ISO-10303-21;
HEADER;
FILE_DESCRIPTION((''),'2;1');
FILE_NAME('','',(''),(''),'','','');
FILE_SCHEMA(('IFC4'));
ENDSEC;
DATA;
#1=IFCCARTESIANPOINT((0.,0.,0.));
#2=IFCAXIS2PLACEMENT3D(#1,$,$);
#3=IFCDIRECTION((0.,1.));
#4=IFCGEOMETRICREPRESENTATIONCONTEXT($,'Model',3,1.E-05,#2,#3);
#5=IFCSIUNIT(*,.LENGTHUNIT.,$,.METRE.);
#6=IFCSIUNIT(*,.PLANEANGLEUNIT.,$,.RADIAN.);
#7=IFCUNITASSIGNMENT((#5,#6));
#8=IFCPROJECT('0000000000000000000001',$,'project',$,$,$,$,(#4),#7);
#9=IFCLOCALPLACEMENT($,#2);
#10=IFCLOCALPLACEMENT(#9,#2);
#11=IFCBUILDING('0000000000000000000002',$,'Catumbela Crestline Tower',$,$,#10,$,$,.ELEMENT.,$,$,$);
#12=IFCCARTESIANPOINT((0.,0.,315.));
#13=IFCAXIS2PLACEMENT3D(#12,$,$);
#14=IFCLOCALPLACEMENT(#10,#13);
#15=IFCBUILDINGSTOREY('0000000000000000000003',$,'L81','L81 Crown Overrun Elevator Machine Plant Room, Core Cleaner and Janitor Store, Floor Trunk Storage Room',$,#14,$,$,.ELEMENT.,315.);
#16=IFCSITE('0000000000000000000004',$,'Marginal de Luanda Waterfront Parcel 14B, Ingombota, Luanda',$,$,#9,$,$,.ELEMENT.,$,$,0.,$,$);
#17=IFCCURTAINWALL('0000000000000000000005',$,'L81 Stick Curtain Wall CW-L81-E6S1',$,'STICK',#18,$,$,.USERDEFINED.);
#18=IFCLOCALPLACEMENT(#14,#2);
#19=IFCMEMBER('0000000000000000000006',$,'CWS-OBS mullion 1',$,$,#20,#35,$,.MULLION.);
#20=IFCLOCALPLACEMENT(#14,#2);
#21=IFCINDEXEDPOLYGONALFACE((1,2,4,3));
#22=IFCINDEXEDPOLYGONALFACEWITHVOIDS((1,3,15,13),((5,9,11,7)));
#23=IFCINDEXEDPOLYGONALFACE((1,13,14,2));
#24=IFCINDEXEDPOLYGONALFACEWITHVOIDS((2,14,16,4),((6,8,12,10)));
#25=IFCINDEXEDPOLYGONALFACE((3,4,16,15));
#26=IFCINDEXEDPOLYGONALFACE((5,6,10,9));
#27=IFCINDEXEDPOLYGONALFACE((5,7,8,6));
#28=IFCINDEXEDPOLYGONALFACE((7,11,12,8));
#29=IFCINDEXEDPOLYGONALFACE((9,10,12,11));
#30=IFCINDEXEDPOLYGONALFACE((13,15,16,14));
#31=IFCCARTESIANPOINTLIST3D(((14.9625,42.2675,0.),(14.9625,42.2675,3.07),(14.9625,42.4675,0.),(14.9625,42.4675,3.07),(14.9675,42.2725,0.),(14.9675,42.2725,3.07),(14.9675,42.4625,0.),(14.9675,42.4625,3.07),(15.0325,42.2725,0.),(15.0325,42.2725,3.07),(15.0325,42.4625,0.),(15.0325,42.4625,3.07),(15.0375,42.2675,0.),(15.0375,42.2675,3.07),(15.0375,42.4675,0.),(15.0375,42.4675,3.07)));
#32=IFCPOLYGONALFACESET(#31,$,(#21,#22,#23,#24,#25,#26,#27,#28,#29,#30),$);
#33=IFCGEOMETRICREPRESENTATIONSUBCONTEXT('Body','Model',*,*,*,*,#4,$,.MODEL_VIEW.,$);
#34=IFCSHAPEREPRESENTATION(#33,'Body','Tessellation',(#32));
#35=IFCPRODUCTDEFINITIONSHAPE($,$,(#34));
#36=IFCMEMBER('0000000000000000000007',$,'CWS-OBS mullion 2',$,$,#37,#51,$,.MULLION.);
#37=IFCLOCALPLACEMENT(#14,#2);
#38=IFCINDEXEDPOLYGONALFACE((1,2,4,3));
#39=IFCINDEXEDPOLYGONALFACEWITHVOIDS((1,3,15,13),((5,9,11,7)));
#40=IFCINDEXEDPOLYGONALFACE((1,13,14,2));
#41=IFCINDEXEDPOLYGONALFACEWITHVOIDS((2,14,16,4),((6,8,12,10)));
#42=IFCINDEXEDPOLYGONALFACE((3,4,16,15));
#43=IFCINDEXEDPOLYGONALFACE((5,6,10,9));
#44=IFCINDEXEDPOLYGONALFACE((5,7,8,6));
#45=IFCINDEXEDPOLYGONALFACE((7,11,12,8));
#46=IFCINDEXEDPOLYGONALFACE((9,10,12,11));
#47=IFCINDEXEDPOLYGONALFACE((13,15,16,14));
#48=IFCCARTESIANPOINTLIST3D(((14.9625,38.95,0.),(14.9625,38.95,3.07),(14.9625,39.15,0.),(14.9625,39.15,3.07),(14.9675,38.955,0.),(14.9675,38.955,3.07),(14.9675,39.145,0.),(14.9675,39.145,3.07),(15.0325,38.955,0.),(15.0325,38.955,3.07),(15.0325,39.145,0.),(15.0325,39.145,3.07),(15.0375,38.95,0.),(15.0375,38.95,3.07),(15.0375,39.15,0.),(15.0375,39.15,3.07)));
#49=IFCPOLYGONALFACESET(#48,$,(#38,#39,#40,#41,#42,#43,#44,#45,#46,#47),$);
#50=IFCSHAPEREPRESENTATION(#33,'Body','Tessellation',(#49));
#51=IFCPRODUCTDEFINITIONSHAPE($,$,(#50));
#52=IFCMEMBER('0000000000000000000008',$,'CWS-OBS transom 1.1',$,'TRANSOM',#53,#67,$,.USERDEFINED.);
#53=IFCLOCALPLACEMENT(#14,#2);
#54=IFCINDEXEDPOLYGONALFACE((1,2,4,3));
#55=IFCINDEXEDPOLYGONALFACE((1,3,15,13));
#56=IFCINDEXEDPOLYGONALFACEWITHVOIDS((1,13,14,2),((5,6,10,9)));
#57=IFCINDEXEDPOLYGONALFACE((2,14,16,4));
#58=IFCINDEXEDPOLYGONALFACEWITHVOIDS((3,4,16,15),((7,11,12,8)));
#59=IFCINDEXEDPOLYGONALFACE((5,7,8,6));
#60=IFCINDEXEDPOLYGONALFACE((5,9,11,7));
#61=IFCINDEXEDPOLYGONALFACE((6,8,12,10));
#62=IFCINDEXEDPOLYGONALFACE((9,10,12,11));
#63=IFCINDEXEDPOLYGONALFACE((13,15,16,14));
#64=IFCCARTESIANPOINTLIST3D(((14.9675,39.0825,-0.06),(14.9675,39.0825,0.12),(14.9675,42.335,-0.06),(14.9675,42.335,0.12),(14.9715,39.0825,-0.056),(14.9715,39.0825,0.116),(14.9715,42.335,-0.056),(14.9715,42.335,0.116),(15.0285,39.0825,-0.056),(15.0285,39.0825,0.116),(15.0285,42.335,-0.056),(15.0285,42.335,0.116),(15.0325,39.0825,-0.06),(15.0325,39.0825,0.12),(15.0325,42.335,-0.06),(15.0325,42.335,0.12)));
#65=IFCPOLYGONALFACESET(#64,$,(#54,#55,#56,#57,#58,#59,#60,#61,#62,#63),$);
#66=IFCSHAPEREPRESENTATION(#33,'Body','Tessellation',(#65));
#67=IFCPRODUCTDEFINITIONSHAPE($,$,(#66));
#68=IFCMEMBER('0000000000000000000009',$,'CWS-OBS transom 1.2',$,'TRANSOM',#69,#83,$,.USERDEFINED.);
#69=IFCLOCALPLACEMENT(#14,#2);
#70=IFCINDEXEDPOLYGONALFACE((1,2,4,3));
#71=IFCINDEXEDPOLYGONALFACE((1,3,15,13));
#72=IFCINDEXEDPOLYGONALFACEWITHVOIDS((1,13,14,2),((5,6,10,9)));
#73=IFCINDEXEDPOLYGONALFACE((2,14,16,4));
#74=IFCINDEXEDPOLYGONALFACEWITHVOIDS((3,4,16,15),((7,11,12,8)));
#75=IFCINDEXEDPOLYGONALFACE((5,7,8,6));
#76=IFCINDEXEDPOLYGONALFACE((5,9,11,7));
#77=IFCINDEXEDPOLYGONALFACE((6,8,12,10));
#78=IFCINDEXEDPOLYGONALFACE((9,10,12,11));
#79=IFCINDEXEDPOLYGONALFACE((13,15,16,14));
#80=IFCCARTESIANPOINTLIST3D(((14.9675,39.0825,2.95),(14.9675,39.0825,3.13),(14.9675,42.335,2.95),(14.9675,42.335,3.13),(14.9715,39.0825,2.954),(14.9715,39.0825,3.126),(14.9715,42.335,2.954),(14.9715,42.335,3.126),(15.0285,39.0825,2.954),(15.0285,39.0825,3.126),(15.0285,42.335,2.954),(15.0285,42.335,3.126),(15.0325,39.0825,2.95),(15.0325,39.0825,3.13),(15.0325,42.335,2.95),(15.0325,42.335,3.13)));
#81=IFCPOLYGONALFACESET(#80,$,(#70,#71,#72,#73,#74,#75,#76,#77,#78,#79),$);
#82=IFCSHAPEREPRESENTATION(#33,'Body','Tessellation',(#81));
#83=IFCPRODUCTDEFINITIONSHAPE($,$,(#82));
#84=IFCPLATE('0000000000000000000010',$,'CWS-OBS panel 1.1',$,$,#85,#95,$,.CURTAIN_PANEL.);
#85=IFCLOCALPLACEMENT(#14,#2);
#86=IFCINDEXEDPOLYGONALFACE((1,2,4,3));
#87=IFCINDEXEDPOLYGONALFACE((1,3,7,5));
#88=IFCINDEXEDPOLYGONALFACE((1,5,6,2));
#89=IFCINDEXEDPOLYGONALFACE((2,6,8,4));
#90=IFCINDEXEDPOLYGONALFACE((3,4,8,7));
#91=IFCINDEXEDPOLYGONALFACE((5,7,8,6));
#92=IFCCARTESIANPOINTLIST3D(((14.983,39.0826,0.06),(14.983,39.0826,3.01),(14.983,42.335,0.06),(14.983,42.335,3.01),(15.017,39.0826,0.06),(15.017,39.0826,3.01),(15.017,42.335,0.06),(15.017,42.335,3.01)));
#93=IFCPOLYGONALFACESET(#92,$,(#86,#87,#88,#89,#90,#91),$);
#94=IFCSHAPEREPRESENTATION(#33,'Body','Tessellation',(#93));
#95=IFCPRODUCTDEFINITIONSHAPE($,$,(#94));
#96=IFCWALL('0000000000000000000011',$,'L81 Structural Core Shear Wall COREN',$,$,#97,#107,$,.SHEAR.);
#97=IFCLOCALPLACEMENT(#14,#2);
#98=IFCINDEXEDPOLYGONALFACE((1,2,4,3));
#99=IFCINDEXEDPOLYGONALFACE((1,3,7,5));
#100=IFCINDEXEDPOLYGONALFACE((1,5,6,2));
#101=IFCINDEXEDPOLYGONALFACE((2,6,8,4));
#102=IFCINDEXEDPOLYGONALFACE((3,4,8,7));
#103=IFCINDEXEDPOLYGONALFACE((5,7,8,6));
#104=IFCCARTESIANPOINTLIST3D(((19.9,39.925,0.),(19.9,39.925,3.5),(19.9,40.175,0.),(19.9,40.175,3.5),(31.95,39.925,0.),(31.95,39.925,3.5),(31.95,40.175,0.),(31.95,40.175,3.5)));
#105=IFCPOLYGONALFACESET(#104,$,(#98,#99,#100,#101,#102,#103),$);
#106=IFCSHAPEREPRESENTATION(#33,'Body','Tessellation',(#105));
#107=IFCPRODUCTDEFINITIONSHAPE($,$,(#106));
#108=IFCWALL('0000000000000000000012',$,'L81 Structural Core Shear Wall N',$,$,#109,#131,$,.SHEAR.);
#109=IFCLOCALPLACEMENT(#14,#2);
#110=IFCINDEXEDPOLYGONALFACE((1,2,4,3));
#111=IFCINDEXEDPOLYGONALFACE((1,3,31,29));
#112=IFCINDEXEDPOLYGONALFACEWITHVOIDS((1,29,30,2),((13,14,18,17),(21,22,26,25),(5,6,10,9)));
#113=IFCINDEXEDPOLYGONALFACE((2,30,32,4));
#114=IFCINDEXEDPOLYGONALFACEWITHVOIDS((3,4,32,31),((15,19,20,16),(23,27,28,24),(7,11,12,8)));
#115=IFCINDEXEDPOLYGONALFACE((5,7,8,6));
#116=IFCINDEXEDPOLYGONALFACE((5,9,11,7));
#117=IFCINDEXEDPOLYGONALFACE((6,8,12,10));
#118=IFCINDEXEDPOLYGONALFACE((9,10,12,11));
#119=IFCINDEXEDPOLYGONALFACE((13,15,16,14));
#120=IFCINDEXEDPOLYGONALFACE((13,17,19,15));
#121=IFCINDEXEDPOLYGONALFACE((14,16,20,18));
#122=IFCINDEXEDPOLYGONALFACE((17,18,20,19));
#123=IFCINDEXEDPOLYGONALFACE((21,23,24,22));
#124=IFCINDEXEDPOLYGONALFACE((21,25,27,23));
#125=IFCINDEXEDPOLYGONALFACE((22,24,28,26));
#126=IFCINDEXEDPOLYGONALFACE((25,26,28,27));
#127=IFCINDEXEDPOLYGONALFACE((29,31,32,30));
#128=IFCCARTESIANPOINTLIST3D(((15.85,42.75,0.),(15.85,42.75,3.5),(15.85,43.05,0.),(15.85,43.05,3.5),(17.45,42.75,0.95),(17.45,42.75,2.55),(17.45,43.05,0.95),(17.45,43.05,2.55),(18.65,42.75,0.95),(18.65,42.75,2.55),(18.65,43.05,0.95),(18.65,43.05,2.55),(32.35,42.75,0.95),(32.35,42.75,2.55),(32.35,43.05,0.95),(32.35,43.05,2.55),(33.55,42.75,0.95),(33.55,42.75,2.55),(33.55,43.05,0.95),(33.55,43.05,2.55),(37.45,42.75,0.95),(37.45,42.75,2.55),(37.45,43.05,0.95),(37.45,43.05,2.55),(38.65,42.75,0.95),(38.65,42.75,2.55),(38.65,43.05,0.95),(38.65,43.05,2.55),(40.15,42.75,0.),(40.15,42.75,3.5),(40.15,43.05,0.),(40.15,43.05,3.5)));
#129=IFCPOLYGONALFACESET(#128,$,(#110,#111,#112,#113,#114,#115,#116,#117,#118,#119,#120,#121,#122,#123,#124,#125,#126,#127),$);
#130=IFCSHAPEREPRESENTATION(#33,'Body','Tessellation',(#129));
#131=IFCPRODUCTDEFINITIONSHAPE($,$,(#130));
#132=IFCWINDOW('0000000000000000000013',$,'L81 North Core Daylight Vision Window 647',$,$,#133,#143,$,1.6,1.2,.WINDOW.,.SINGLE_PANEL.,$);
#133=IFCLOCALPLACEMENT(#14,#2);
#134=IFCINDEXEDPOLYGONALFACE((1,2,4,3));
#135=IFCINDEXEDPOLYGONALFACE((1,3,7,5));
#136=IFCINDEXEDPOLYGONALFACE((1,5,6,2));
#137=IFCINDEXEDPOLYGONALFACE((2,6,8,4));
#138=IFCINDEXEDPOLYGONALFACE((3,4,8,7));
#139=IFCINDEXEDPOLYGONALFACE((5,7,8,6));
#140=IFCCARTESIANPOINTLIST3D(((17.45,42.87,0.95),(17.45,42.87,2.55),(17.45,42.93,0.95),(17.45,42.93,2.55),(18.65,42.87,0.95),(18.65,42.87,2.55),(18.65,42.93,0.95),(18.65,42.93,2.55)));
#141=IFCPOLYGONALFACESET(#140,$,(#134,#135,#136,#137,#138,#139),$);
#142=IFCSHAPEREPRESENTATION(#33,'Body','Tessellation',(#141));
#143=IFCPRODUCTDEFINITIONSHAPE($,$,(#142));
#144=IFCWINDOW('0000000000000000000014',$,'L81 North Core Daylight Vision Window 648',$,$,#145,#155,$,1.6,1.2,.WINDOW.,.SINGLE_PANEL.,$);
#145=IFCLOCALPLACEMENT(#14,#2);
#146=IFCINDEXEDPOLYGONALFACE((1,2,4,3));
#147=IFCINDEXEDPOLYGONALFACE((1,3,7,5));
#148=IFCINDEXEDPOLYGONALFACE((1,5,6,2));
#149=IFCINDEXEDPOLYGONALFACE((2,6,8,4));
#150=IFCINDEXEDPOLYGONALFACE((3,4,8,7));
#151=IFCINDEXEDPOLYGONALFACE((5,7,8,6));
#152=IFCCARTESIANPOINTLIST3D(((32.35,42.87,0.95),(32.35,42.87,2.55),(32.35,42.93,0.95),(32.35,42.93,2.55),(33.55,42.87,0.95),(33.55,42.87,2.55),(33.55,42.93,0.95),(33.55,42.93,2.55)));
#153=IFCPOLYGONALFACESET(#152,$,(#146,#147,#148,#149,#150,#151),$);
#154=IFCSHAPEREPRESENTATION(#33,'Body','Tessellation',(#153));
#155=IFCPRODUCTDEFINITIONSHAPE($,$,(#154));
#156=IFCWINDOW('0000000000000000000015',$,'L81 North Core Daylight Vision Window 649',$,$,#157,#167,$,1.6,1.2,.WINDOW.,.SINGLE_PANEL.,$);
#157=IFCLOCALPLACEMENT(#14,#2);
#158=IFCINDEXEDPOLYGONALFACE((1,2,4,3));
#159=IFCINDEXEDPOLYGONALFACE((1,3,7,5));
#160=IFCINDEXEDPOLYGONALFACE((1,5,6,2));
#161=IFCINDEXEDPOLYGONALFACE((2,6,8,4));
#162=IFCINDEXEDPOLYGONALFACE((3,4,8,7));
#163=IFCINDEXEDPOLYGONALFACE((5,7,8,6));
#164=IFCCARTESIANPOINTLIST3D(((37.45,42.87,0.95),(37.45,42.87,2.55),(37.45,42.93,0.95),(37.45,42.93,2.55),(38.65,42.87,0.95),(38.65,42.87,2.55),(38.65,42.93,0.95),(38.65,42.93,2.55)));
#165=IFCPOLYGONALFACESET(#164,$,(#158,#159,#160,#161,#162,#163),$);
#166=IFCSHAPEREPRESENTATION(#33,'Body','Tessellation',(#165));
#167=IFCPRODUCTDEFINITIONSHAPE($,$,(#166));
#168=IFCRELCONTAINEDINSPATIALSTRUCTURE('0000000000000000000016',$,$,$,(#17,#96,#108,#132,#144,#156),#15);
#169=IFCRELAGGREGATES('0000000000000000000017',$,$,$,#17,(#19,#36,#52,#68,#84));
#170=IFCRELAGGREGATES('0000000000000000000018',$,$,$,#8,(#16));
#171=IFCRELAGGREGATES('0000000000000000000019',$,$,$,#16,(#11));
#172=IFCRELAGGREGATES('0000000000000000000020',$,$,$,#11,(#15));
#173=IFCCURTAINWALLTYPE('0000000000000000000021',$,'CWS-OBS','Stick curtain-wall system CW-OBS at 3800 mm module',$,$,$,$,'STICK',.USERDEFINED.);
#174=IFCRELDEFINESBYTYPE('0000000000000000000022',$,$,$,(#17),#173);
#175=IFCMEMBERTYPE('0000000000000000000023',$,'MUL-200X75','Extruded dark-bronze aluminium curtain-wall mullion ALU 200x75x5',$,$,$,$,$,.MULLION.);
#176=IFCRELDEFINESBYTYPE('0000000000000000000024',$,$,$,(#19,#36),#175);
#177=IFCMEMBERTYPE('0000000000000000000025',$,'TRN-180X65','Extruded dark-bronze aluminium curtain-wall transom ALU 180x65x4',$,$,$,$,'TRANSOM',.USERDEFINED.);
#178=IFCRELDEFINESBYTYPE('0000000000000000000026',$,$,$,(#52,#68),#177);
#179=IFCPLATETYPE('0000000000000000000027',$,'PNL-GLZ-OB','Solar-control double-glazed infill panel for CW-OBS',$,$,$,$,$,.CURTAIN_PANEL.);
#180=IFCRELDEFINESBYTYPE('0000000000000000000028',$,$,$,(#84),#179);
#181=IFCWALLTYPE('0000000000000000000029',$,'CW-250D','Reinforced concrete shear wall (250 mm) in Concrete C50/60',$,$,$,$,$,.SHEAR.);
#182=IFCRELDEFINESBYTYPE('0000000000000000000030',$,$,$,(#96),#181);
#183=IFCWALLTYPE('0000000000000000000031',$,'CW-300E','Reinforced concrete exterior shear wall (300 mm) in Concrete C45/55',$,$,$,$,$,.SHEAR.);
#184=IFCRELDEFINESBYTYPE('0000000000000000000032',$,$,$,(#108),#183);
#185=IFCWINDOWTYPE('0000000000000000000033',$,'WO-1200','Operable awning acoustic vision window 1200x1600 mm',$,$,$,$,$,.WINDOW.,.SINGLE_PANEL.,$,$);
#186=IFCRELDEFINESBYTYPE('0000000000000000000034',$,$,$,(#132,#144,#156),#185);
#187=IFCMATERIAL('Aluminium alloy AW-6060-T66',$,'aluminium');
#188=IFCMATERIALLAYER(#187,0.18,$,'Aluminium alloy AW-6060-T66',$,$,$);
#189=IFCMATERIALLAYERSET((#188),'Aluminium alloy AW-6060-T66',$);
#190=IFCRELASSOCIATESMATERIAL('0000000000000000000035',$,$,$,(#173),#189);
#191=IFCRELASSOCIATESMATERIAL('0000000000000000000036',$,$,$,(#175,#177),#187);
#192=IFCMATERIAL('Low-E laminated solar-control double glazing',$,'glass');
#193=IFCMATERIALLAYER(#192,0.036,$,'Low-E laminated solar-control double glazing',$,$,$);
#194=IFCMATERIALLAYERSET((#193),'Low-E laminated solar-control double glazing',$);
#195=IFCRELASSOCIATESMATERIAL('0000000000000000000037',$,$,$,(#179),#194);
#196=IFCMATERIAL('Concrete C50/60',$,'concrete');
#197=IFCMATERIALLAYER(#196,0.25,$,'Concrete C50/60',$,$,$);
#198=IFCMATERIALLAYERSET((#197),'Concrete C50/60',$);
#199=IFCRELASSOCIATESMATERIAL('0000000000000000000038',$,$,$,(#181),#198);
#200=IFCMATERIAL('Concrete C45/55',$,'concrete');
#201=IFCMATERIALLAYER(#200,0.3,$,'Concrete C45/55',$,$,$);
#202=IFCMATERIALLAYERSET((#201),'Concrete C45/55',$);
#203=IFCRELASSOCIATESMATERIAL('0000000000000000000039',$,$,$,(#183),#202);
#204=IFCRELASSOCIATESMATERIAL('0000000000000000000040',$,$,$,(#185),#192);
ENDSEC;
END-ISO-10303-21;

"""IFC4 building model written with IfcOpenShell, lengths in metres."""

from ifc_helpers import new_model, si_unit, direction, frame, frame_2d, origin, origin_2d, place, context, subcontext, project, spatial, rectangle, hollow_rectangle, extrude, material, layer, layer_set, material_profile, profile_set, type_object, element, fill, aggregate, save


model = new_model("IFC4")

# Units and contexts
model_context = context("Model", 3, precision=1e-05, world=origin(), true_north=direction((0.0, 1.0)))
body_context = subcontext(model_context, "Body", "Model", "MODEL_VIEW")
ifc_project = project(units=[si_unit("LENGTHUNIT", "METRE"), si_unit("PLANEANGLEUNIT", "RADIAN")], contexts=[model_context])

# Site, building, storey
site_placement = place(None, origin())
site = spatial("IfcSite", under=ifc_project, at=site_placement, Name="Marginal de Luanda Waterfront Parcel 14B, Ingombota, Luanda", CompositionType="ELEMENT", RefElevation=0.0)
building_placement = place(site_placement, origin())
building = spatial("IfcBuilding", under=site, at=building_placement, Name="Catumbela Crestline Tower", CompositionType="ELEMENT")
storey_placement = place(building_placement, frame((0.0, 0.0, 315.0)))
storey = spatial("IfcBuildingStorey", under=building, at=storey_placement, Name="L81", Description="L81 Crown Overrun Elevator Machine Plant Room, Core Cleaner and Janitor Store, Floor Trunk Storage Room", CompositionType="ELEMENT", Elevation=315.0)

# Curtain wall, members, plate
ifc_material_1 = material(Name="Aluminium alloy AW-6060-T66", Category="aluminium")
ifc_layer_1 = layer(ifc_material_1, 0.18, Name="Aluminium alloy AW-6060-T66")
ifc_layer_set_1 = layer_set([ifc_layer_1], Name="Aluminium alloy AW-6060-T66")
curtain_wall_type = type_object("IfcCurtainWallType", Name="CWS-OBS", Description="Stick curtain-wall system CW-OBS at 3800 mm module", ElementType="STICK", PredefinedType="USERDEFINED", material=ifc_layer_set_1)
curtain_wall_placement = place(storey_placement, origin())
curtain_wall = element("IfcCurtainWall", 1, at=curtain_wall_placement, inside=storey, type_object=curtain_wall_type, Name="L81 Stick Curtain Wall CW-L81-E6S1", ObjectType="STICK", PredefinedType="USERDEFINED")
ifc_material_profile_1 = material_profile(ifc_material_1, hollow_rectangle(XDim=0.075, YDim=0.2, WallThickness=0.005, at=origin_2d()), Name="ALU 200x75x5")
ifc_profile_set_1 = profile_set([ifc_material_profile_1], Name="Aluminium alloy AW-6060-T66")
member_type_1 = type_object("IfcMemberType", Name="MUL-200X75", Description="Extruded dark-bronze aluminium curtain-wall mullion ALU 200x75x5", PredefinedType="MULLION", material=ifc_profile_set_1)
member_1_placement = place(storey_placement, frame((15.0, 42.3675, 0.0), z_axis=(0.0, 0.0, 1.0), x_axis=(1.0, 0.0, 0.0)))
member_1 = element("IfcMember", 2, at=member_1_placement, type_object=member_type_1, Name="CWS-OBS mullion 1", PredefinedType="MULLION", context=body_context, shape_type="SweptSolid", body=[
    extrude(hollow_rectangle(XDim=0.075, YDim=0.2, WallThickness=0.005, at=origin_2d()), origin(), (0.0, 0.0, 1.0), 3.07),
])
member_2_placement = place(storey_placement, frame((15.0, 39.05, 0.0), z_axis=(0.0, 0.0, 1.0), x_axis=(1.0, 0.0, 0.0)))
member_2 = element("IfcMember", 3, at=member_2_placement, type_object=member_type_1, Name="CWS-OBS mullion 2", PredefinedType="MULLION", context=body_context, shape_type="SweptSolid", body=[
    extrude(hollow_rectangle(XDim=0.075, YDim=0.2, WallThickness=0.005, at=origin_2d()), origin(), (0.0, 0.0, 1.0), 3.07),
])
ifc_material_profile_2 = material_profile(ifc_material_1, hollow_rectangle(XDim=0.065, YDim=0.18, WallThickness=0.004, at=origin_2d()), Name="ALU 180x65x4")
ifc_profile_set_2 = profile_set([ifc_material_profile_2], Name="Aluminium alloy AW-6060-T66")
member_type_2 = type_object("IfcMemberType", Name="TRN-180X65", Description="Extruded dark-bronze aluminium curtain-wall transom ALU 180x65x4", ElementType="TRANSOM", PredefinedType="USERDEFINED", material=ifc_profile_set_2)
member_3_placement = place(storey_placement, frame((15.0, 42.335, 0.03), z_axis=(0.0, -1.0, 0.0), x_axis=(1.0, 0.0, 0.0)))
member_3 = element("IfcMember", 4, at=member_3_placement, type_object=member_type_2, Name="CWS-OBS transom 1.1", ObjectType="TRANSOM", PredefinedType="USERDEFINED", context=body_context, shape_type="SweptSolid", body=[
    extrude(hollow_rectangle(XDim=0.065, YDim=0.18, WallThickness=0.004, at=origin_2d()), origin(), (0.0, 0.0, 1.0), 3.2525),
])
member_4_placement = place(storey_placement, frame((15.0, 42.335, 3.04), z_axis=(0.0, -1.0, 0.0), x_axis=(1.0, 0.0, 0.0)))
member_4 = element("IfcMember", 5, at=member_4_placement, type_object=member_type_2, Name="CWS-OBS transom 1.2", ObjectType="TRANSOM", PredefinedType="USERDEFINED", context=body_context, shape_type="SweptSolid", body=[
    extrude(hollow_rectangle(XDim=0.065, YDim=0.18, WallThickness=0.004, at=origin_2d()), origin(), (0.0, 0.0, 1.0), 3.2525),
])
ifc_material_2 = material(Name="Low-E laminated solar-control double glazing", Category="glass")
ifc_layer_2 = layer(ifc_material_2, 0.036, Name="Low-E laminated solar-control double glazing")
ifc_layer_set_2 = layer_set([ifc_layer_2], Name="Low-E laminated solar-control double glazing")
plate_type = type_object("IfcPlateType", Name="PNL-GLZ-OB", Description="Solar-control double-glazed infill panel for CW-OBS", PredefinedType="CURTAIN_PANEL", material=ifc_layer_set_2)
plate_placement = place(storey_placement, frame((15.0, 40.7088, 0.06), z_axis=(0.0, 0.0, 1.0), x_axis=(0.0, -1.0, 0.0)))
plate = element("IfcPlate", 6, at=plate_placement, type_object=plate_type, Name="CWS-OBS panel 1.1", PredefinedType="CURTAIN_PANEL", context=body_context, shape_type="SweptSolid", body=[
    extrude(rectangle(XDim=3.2525, YDim=0.034, at=origin_2d()), origin(), (0.0, 0.0, 1.0), 2.95),
])
aggregate(curtain_wall, [member_1, member_2, member_3, member_4, plate])

# Wall
ifc_material_3 = material(Name="Concrete C50/60", Category="concrete")
ifc_layer_3 = layer(ifc_material_3, 0.25, Name="Concrete C50/60")
ifc_layer_set_3 = layer_set([ifc_layer_3], Name="Concrete C50/60")
wall_type_1 = type_object("IfcWallType", Name="CW-250D", Description="Reinforced concrete shear wall (250 mm) in Concrete C50/60", PredefinedType="SHEAR", material=ifc_layer_set_3)
wall_1_placement = place(storey_placement, frame((19.9, 40.05, 0.0), z_axis=(0.0, 0.0, 1.0), x_axis=(1.0, 0.0, 0.0)))
element("IfcWall", 7, at=wall_1_placement, inside=storey, type_object=wall_type_1, Name="L81 Structural Core Shear Wall COREN", PredefinedType="SHEAR", context=body_context, shape_type="SweptSolid", body=[
    extrude(rectangle(XDim=12.05, YDim=0.25, at=frame_2d((6.025, 0.0))), origin(), (0.0, 0.0, 1.0), 3.5),
])

# Wall, openings, windows
ifc_material_4 = material(Name="Concrete C45/55", Category="concrete")
ifc_layer_4 = layer(ifc_material_4, 0.3, Name="Concrete C45/55")
ifc_layer_set_4 = layer_set([ifc_layer_4], Name="Concrete C45/55")
wall_type_2 = type_object("IfcWallType", Name="CW-300E", Description="Reinforced concrete exterior shear wall (300 mm) in Concrete C45/55", PredefinedType="SHEAR", material=ifc_layer_set_4)
wall_2_placement = place(storey_placement, frame((15.85, 42.9, 0.0), z_axis=(0.0, 0.0, 1.0), x_axis=(1.0, 0.0, 0.0)))
wall_2 = element("IfcWall", 8, at=wall_2_placement, inside=storey, type_object=wall_type_2, Name="L81 Structural Core Shear Wall N", PredefinedType="SHEAR", context=body_context, shape_type="SweptSolid", body=[
    extrude(rectangle(XDim=24.3, YDim=0.3, at=frame_2d((12.15, 0.0))), origin(), (0.0, 0.0, 1.0), 3.5),
])
opening_1_placement = place(wall_2_placement, frame((1.6, 0.0, 0.95)))
opening_1 = element("IfcOpeningElement", 9, at=opening_1_placement, cuts=wall_2, PredefinedType="OPENING", context=body_context, shape_type="SweptSolid", body=[
    extrude(rectangle(XDim=1.2, YDim=1.6, at=frame_2d((0.6, 0.8))), frame((0.0, 0.16, 0.0), z_axis=(0.0, -1.0, 0.0), x_axis=(1.0, 0.0, 0.0)), (0.0, 0.0, 1.0), 0.32),
])
opening_2_placement = place(wall_2_placement, frame((16.5, 0.0, 0.95)))
opening_2 = element("IfcOpeningElement", 10, at=opening_2_placement, cuts=wall_2, PredefinedType="OPENING", context=body_context, shape_type="SweptSolid", body=[
    extrude(rectangle(XDim=1.2, YDim=1.6, at=frame_2d((0.6, 0.8))), frame((0.0, 0.16, 0.0), z_axis=(0.0, -1.0, 0.0), x_axis=(1.0, 0.0, 0.0)), (0.0, 0.0, 1.0), 0.32),
])
opening_3_placement = place(wall_2_placement, frame((21.6, 0.0, 0.95)))
opening_3 = element("IfcOpeningElement", 11, at=opening_3_placement, cuts=wall_2, PredefinedType="OPENING", context=body_context, shape_type="SweptSolid", body=[
    extrude(rectangle(XDim=1.2, YDim=1.6, at=frame_2d((0.6, 0.8))), frame((0.0, 0.16, 0.0), z_axis=(0.0, -1.0, 0.0), x_axis=(1.0, 0.0, 0.0)), (0.0, 0.0, 1.0), 0.32),
])
window_type = type_object("IfcWindowType", Name="WO-1200", Description="Operable awning acoustic vision window 1200x1600 mm", PartitioningType="SINGLE_PANEL", PredefinedType="WINDOW", material=ifc_material_2)
window_1_placement = place(opening_1_placement, origin())
window_1 = element("IfcWindow", 12, at=window_1_placement, inside=storey, type_object=window_type, Name="L81 North Core Daylight Vision Window 647", OverallHeight=1.6, OverallWidth=1.2, PartitioningType="SINGLE_PANEL", PredefinedType="WINDOW", context=body_context, shape_type="SweptSolid", body=[
    extrude(rectangle(XDim=1.2, YDim=1.6, at=frame_2d((0.6, 0.8))), frame((0.0, 0.03, 0.0), z_axis=(0.0, -1.0, 0.0), x_axis=(1.0, 0.0, 0.0)), (0.0, 0.0, 1.0), 0.06),
])
fill(opening_1, window_1)
window_2_placement = place(opening_2_placement, origin())
window_2 = element("IfcWindow", 13, at=window_2_placement, inside=storey, type_object=window_type, Name="L81 North Core Daylight Vision Window 648", OverallHeight=1.6, OverallWidth=1.2, PartitioningType="SINGLE_PANEL", PredefinedType="WINDOW", context=body_context, shape_type="SweptSolid", body=[
    extrude(rectangle(XDim=1.2, YDim=1.6, at=frame_2d((0.6, 0.8))), frame((0.0, 0.03, 0.0), z_axis=(0.0, -1.0, 0.0), x_axis=(1.0, 0.0, 0.0)), (0.0, 0.0, 1.0), 0.06),
])
fill(opening_2, window_2)
window_3_placement = place(opening_3_placement, origin())
window_3 = element("IfcWindow", 14, at=window_3_placement, inside=storey, type_object=window_type, Name="L81 North Core Daylight Vision Window 649", OverallHeight=1.6, OverallWidth=1.2, PartitioningType="SINGLE_PANEL", PredefinedType="WINDOW", context=body_context, shape_type="SweptSolid", body=[
    extrude(rectangle(XDim=1.2, YDim=1.6, at=frame_2d((0.6, 0.8))), frame((0.0, 0.03, 0.0), z_axis=(0.0, -1.0, 0.0), x_axis=(1.0, 0.0, 0.0)), (0.0, 0.0, 1.0), 0.06),
])
fill(opening_3, window_3)

save(model, "model.ifc")
